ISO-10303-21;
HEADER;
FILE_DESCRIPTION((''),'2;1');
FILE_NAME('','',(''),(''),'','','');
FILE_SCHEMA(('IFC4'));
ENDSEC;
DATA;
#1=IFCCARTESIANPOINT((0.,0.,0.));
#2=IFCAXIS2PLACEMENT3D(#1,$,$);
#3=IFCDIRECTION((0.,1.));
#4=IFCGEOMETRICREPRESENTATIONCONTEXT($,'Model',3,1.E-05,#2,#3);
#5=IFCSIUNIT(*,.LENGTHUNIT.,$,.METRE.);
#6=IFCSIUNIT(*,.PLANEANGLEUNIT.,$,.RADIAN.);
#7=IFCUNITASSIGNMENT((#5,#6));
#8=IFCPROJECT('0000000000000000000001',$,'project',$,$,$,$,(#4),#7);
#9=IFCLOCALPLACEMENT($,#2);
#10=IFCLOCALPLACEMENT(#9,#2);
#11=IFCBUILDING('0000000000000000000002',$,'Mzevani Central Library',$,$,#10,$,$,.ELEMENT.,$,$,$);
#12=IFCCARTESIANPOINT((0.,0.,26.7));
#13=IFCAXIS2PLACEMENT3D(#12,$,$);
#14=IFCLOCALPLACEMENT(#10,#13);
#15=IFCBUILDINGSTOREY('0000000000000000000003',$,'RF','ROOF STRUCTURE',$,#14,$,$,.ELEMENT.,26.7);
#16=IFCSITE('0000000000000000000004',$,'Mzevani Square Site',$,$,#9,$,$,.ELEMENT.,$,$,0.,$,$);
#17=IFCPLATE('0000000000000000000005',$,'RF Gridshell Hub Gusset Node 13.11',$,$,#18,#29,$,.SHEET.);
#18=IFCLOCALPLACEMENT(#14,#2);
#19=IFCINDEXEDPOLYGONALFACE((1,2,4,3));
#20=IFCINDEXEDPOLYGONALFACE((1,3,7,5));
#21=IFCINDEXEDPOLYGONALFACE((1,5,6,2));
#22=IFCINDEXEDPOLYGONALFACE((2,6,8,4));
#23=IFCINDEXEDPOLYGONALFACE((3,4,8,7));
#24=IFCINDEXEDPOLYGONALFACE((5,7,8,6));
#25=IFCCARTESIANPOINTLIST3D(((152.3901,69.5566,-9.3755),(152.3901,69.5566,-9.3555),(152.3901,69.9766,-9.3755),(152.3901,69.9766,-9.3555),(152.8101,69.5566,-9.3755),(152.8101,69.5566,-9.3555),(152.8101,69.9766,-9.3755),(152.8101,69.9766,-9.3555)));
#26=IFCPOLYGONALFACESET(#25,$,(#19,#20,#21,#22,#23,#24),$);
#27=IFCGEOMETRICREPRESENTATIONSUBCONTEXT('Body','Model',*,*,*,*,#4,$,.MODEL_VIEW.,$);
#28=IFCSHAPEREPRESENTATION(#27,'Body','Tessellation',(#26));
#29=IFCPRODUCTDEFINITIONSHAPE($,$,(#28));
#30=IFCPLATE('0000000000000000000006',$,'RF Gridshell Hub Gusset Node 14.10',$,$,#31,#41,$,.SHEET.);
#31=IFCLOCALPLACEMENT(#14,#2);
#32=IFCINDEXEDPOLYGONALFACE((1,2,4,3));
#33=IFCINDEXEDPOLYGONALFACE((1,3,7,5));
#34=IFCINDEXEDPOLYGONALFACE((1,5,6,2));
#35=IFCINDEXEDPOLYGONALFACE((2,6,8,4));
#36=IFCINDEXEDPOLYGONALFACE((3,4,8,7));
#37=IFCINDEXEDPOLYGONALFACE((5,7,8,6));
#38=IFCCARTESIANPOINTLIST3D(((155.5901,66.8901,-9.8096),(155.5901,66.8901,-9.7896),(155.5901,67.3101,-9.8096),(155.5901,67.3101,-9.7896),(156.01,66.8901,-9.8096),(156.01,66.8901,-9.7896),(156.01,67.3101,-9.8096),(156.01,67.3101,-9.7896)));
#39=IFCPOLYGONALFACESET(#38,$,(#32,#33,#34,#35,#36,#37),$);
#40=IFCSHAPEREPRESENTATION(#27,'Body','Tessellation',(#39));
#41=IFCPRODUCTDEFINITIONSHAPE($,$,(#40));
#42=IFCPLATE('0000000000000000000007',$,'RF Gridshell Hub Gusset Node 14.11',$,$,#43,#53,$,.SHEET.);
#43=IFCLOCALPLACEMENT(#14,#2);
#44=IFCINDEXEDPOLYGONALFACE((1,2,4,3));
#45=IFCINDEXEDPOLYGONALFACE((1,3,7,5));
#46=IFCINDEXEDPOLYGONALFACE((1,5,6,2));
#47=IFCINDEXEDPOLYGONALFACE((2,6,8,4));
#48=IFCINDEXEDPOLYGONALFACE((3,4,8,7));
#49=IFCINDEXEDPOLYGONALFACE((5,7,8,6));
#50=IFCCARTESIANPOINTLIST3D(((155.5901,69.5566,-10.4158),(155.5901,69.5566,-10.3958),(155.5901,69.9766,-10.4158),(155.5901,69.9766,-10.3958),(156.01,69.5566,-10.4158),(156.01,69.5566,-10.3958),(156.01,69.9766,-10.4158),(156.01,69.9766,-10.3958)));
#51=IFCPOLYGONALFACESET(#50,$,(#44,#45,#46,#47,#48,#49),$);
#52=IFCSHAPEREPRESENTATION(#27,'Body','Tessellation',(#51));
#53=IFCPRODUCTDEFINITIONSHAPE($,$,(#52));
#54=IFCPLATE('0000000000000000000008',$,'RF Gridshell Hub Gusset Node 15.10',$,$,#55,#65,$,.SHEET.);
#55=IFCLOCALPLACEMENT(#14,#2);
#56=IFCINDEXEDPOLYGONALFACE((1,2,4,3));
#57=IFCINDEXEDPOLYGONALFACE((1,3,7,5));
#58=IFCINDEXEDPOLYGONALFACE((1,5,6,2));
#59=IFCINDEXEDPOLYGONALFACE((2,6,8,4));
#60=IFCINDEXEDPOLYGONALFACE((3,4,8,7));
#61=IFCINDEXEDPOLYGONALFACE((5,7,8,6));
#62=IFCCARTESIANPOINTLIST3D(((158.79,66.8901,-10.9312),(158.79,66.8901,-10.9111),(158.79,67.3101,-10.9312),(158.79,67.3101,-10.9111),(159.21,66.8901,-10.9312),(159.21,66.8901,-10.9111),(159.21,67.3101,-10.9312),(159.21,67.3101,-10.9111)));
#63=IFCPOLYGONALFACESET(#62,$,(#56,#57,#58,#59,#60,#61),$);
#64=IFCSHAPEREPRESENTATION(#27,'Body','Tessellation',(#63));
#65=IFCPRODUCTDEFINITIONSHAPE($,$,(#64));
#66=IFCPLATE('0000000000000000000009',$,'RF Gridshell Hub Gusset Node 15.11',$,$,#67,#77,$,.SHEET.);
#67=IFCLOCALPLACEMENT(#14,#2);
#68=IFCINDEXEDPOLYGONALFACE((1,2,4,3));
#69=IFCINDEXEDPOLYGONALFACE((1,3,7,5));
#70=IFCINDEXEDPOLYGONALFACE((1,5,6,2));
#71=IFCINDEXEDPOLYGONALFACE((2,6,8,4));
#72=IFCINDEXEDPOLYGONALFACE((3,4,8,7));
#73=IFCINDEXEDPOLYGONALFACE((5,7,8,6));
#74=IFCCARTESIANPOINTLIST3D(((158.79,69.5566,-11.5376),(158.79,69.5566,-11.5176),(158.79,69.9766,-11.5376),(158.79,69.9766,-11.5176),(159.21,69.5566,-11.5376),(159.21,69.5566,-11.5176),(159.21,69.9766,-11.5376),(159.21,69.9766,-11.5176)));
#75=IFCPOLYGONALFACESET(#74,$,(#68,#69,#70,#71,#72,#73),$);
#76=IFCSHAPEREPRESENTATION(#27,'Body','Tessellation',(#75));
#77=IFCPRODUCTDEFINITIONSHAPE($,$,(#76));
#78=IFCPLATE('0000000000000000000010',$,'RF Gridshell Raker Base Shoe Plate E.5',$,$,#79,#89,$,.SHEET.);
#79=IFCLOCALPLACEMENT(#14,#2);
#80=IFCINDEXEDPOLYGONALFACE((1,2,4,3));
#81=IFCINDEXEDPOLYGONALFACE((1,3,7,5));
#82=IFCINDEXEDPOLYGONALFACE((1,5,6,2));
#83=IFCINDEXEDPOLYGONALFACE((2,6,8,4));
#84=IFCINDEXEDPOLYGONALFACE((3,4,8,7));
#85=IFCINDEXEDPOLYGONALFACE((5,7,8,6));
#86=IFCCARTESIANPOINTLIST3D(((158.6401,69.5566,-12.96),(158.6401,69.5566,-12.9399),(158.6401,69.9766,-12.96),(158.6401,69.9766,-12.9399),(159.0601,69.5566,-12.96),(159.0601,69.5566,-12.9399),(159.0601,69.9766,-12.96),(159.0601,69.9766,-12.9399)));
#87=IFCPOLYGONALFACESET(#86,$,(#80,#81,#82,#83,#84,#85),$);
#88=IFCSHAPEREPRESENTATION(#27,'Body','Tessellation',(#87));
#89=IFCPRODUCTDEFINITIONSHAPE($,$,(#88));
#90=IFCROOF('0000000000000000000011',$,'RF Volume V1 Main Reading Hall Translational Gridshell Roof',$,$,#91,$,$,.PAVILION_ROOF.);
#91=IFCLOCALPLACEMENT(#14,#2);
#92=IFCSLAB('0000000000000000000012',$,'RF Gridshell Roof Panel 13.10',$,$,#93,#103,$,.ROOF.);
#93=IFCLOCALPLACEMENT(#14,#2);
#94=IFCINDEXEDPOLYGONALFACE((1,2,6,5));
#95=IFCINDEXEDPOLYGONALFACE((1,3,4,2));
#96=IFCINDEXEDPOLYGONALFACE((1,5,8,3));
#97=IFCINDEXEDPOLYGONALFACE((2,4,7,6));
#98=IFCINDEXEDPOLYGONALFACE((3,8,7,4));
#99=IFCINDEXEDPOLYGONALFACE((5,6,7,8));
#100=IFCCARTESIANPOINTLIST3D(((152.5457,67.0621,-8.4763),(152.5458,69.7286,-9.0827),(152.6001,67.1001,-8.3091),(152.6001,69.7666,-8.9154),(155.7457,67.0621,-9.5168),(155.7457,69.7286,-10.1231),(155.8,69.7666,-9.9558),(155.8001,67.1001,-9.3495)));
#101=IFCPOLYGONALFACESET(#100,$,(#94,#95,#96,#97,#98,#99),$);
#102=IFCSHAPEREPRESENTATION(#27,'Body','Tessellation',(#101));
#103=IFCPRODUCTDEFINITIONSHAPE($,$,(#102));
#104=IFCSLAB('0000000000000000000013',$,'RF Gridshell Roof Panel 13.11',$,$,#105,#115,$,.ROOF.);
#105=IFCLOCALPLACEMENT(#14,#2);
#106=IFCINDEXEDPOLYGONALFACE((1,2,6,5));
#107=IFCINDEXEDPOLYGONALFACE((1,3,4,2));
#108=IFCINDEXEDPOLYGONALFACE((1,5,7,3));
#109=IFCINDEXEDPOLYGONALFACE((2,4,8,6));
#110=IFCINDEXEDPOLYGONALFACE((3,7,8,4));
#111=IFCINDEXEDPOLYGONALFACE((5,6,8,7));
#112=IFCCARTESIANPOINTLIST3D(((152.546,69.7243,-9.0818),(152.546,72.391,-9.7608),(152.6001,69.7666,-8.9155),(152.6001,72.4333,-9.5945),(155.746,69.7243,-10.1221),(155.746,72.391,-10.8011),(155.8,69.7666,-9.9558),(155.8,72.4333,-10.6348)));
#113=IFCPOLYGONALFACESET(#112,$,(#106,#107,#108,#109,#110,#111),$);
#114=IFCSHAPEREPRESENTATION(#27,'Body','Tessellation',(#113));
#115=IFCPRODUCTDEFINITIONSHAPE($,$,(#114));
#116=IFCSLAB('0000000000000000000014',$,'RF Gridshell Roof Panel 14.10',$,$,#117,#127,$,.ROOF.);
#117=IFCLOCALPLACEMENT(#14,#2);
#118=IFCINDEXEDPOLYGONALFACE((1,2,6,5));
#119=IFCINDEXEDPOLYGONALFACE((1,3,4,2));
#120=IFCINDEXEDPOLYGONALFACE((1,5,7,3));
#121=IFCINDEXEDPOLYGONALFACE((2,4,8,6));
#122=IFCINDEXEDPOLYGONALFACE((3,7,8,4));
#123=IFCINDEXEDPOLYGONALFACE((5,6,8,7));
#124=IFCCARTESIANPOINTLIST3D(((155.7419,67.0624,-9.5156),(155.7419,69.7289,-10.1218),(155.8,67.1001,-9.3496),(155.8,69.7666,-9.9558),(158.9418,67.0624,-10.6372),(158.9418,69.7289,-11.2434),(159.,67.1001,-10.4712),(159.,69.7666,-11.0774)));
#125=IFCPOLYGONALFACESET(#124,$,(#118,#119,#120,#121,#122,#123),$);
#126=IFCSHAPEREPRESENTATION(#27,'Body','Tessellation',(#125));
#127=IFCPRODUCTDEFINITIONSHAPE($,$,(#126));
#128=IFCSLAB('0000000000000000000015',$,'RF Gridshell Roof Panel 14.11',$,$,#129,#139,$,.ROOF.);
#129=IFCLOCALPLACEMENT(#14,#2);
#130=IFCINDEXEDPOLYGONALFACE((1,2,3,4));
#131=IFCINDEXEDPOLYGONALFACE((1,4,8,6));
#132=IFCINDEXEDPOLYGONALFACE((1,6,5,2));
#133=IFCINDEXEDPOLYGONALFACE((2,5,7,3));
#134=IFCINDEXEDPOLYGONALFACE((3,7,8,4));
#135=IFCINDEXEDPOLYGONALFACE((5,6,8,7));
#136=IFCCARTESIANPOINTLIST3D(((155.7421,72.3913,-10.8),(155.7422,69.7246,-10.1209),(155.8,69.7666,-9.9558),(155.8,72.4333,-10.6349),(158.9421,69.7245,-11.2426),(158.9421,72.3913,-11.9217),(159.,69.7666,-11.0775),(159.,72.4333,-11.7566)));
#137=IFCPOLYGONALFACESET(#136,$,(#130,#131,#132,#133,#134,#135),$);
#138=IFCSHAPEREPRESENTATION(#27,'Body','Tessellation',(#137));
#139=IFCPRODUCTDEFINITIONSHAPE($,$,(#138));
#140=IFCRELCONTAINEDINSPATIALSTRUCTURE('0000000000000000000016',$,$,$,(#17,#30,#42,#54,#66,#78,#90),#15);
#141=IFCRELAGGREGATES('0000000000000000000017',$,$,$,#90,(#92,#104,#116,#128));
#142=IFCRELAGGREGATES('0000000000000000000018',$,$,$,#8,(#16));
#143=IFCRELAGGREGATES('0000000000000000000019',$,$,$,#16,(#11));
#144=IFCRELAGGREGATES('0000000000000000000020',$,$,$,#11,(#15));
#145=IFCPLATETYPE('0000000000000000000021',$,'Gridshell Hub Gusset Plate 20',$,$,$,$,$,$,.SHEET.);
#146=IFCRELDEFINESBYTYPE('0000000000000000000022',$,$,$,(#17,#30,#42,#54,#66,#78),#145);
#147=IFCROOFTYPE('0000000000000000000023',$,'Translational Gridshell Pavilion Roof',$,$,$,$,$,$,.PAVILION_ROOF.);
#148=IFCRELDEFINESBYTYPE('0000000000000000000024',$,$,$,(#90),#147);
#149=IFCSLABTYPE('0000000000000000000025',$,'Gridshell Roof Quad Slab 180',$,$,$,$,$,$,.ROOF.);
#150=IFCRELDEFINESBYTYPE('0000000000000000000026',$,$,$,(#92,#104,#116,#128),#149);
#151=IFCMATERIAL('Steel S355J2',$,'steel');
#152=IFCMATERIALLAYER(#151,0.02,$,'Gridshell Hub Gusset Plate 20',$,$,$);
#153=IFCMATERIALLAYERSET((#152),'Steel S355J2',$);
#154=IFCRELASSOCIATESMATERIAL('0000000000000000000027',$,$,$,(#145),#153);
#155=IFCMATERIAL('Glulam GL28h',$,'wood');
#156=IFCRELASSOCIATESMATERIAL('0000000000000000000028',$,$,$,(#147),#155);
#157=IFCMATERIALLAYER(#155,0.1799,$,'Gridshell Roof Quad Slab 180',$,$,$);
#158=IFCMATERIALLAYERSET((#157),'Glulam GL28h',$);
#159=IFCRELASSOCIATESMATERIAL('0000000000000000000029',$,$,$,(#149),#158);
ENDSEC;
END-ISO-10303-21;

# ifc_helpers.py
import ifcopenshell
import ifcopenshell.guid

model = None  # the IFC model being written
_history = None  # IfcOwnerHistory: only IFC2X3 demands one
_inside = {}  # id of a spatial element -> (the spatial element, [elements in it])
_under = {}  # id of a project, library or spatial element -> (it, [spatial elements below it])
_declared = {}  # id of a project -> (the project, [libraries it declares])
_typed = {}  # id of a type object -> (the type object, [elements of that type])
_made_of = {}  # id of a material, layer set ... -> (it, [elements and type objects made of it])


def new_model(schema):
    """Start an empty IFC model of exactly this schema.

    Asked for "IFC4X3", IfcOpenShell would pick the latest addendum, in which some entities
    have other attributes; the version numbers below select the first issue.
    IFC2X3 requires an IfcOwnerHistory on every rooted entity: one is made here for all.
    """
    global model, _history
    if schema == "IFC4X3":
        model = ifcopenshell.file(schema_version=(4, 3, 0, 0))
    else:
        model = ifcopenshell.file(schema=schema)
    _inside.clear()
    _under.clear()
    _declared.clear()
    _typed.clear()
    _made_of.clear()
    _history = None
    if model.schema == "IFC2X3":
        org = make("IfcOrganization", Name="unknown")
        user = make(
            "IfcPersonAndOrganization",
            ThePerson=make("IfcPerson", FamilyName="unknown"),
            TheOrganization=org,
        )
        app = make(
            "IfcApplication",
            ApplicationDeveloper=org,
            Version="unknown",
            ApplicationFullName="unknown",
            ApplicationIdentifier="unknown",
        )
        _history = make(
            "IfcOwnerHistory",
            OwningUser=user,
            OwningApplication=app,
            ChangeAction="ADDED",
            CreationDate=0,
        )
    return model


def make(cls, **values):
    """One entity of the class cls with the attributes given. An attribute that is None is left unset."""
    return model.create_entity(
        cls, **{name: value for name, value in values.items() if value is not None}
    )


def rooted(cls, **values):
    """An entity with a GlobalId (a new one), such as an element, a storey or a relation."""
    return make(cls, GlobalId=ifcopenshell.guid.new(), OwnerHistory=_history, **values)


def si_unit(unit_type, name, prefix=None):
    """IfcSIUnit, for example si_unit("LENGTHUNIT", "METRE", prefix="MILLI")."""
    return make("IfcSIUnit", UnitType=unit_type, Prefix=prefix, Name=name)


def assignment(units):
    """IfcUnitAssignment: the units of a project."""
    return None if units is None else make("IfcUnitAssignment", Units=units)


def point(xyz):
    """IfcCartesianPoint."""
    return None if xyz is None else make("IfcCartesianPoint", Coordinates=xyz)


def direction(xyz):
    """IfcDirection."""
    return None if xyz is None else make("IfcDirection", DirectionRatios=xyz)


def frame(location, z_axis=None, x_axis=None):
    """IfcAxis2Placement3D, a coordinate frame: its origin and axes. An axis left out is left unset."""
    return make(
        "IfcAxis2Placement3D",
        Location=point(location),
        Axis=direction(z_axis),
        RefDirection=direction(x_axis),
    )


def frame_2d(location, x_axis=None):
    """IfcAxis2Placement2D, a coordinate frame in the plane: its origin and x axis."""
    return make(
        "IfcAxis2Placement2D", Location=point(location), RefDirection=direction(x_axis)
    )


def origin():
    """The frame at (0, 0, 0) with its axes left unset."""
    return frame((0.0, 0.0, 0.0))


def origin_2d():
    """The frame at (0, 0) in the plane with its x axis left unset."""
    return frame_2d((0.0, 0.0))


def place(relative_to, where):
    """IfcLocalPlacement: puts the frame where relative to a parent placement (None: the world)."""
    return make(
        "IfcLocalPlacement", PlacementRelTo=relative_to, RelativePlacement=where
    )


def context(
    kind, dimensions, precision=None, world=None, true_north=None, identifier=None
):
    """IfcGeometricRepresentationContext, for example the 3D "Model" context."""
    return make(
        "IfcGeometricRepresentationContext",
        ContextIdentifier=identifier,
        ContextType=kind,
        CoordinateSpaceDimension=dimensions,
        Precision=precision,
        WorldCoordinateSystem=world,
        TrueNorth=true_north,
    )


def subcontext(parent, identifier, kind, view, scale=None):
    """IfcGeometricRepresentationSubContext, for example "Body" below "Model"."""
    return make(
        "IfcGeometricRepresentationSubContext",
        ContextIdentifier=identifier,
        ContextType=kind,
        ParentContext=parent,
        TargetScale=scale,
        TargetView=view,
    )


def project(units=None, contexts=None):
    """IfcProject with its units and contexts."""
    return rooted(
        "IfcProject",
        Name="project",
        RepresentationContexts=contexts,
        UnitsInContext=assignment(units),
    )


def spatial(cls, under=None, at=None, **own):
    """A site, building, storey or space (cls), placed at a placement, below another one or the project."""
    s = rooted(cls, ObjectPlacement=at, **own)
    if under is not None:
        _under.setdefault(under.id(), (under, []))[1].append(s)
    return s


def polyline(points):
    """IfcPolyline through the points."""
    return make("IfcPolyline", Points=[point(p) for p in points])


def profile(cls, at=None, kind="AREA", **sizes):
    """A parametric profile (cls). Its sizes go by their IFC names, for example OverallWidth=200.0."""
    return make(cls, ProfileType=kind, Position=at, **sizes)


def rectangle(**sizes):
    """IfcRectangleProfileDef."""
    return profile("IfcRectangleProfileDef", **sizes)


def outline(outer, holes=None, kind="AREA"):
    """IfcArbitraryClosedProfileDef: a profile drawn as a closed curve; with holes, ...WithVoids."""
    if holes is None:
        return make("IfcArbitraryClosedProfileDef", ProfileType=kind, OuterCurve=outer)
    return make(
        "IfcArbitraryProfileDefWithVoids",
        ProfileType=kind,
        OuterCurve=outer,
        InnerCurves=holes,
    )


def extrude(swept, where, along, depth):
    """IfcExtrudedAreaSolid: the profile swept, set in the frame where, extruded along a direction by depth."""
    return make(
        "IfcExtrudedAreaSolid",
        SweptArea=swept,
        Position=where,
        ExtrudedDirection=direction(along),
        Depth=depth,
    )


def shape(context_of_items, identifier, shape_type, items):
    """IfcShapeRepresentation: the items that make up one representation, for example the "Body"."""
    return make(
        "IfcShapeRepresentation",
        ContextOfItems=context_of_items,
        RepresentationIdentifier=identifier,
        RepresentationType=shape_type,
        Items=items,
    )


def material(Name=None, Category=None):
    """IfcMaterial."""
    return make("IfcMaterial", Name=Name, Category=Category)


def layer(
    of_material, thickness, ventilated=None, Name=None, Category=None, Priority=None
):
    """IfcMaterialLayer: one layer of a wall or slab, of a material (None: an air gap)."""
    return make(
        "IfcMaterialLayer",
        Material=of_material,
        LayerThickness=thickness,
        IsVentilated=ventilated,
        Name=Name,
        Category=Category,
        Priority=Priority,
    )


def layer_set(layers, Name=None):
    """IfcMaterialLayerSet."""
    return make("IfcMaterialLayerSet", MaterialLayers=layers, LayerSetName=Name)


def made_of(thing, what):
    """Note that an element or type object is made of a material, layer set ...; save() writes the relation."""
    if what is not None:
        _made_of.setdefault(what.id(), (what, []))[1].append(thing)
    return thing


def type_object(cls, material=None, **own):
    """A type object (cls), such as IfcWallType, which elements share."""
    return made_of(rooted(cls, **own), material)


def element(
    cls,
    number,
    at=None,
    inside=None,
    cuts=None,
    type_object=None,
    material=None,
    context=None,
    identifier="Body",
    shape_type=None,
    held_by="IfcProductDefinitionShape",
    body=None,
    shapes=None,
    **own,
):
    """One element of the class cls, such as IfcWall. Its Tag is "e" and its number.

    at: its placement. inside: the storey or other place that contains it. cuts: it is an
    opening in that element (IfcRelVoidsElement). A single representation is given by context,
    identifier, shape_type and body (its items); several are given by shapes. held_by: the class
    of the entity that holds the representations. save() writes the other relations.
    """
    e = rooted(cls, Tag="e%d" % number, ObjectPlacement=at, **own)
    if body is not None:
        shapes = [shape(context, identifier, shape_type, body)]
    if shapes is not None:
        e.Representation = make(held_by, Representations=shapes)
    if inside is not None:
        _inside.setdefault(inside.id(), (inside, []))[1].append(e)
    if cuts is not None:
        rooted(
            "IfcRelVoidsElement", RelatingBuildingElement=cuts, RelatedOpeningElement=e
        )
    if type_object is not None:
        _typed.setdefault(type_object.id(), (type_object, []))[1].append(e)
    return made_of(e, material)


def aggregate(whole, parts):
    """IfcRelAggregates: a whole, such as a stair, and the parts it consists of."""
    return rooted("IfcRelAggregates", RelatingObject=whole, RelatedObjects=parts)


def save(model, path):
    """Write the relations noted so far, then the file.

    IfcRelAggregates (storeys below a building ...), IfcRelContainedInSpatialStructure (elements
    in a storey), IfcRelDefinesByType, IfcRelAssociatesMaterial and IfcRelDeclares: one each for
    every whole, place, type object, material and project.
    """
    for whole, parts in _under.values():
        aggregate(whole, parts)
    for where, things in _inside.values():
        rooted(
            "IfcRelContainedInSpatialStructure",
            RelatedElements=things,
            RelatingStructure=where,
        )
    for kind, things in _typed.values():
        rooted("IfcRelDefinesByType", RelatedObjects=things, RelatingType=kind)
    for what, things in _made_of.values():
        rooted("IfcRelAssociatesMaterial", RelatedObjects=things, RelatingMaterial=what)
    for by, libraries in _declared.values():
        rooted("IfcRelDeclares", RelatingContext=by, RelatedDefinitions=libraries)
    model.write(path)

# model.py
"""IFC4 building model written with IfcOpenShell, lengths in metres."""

from ifc_helpers import new_model, si_unit, direction, frame, origin, origin_2d, place, context, subcontext, project, spatial, polyline, rectangle, outline, extrude, material, layer, layer_set, type_object, element, aggregate, save


model = new_model("IFC4")

# Units and contexts
model_context = context("Model", 3, precision=1e-05, world=origin(), true_north=direction((0.0, 1.0)))
body_context = subcontext(model_context, "Body", "Model", "MODEL_VIEW")
ifc_project = project(units=[si_unit("LENGTHUNIT", "METRE"), si_unit("PLANEANGLEUNIT", "RADIAN")], contexts=[model_context])

# Site, building, storey
site_placement = place(None, origin())
site = spatial("IfcSite", under=ifc_project, at=site_placement, Name="Mzevani Square Site", CompositionType="ELEMENT", RefElevation=0.0)
building_placement = place(site_placement, origin())
building = spatial("IfcBuilding", under=site, at=building_placement, Name="Mzevani Central Library", CompositionType="ELEMENT")
storey_placement = place(building_placement, frame((0.0, 0.0, 26.7)))
storey = spatial("IfcBuildingStorey", under=building, at=storey_placement, Name="RF", Description="ROOF STRUCTURE", CompositionType="ELEMENT", Elevation=26.7)

# Shared definitions
ifc_material_1 = material(Name="Steel S355J2", Category="steel")
ifc_material_2 = material(Name="Glulam GL28h", Category="wood")

# Plates
ifc_layer_1 = layer(ifc_material_1, 0.02, Name="Gridshell Hub Gusset Plate 20")
ifc_layer_set_1 = layer_set([ifc_layer_1], Name="Steel S355J2")
plate_type = type_object("IfcPlateType", Name="Gridshell Hub Gusset Plate 20", PredefinedType="SHEET", material=ifc_layer_set_1)
for number, where, z_axis, x_axis, name in (
    (1, (152.6001, 69.7666, -9.3755), (0.0, 0.0, 1.0), (1.0, 0.0, 0.0), "RF Gridshell Hub Gusset Node 13.11"),
    (2, (155.8, 67.1001, -9.8096), (0.0, 0.0, 1.0), (1.0, 0.0, 0.0), "RF Gridshell Hub Gusset Node 14.10"),
    (3, (155.8, 69.7666, -10.4158), (0.0, 0.0, 1.0), (1.0, 0.0, 0.0), "RF Gridshell Hub Gusset Node 14.11"),
    (4, (159.0, 67.1001, -10.9312), (0.0, 0.0, 1.0), (1.0, 0.0, 0.0), "RF Gridshell Hub Gusset Node 15.10"),
    (5, (159.0, 69.7666, -11.5376), (0.0, 0.0, 1.0), (1.0, 0.0, 0.0), "RF Gridshell Hub Gusset Node 15.11"),
    (6, (158.8501, 69.7666, -12.96), (0.0, 0.0, 1.0), (1.0, 0.0, 0.0), "RF Gridshell Raker Base Shoe Plate E.5"),
):
    element("IfcPlate", number, at=place(storey_placement, frame(where, z_axis=z_axis, x_axis=x_axis)), inside=storey, type_object=plate_type, Name=name, PredefinedType="SHEET", context=body_context, shape_type="SweptSolid", body=[
        extrude(rectangle(XDim=0.4199, YDim=0.4199, at=origin_2d()), origin(), (0.0, 0.0, 1.0), 0.02),
    ])

# Roof, slabs
roof_type = type_object("IfcRoofType", Name="Translational Gridshell Pavilion Roof", PredefinedType="PAVILION_ROOF", material=ifc_material_2)
roof_placement = place(storey_placement, origin())
roof = element("IfcRoof", 7, at=roof_placement, inside=storey, type_object=roof_type, Name="RF Volume V1 Main Reading Hall Translational Gridshell Roof", PredefinedType="PAVILION_ROOF")
ifc_layer_2 = layer(ifc_material_2, 0.1799, Name="Gridshell Roof Quad Slab 180")
ifc_layer_set_2 = layer_set([ifc_layer_2], Name="Glulam GL28h")
slab_type = type_object("IfcSlabType", Name="Gridshell Roof Quad Slab 180", PredefinedType="ROOF", material=ifc_layer_set_2)
slab_1_placement = place(storey_placement, frame((152.6001, 67.1001, -8.3091), z_axis=(0.302214, 0.211357, 0.929513), x_axis=(0.950997, 0.000007, -0.309201)))
slab_1 = element("IfcSlab", 8, at=slab_1_placement, type_object=slab_type, Name="RF Gridshell Roof Panel 13.10", PredefinedType="ROOF", context=body_context, shape_type="SweptSolid", body=[
    extrude(outline(polyline([(0.0, 0.0), (3.3649, 0.0), (3.5523, 2.7281), (0.1875, 2.7282), (0.0, 0.0)])), origin(), (0.0, 0.0, -1.0), 0.1799),
])
slab_2_placement = place(storey_placement, frame((152.6001, 69.7666, -8.9155), z_axis=(0.300484, 0.235327, 0.9243), x_axis=(0.951008, 0.0, -0.309166)))
slab_2 = element("IfcSlab", 9, at=slab_2_placement, type_object=slab_type, Name="RF Gridshell Roof Panel 13.11", PredefinedType="ROOF", context=body_context, shape_type="SweptSolid", body=[
    extrude(outline(polyline([(0.0, 0.0), (3.3648, 0.0), (3.5747, 2.7438), (0.2099, 2.7438), (0.0, 0.0)])), origin(), (0.0, 0.0, -1.0), 0.1799),
])
slab_3_placement = place(storey_placement, frame((155.8, 67.1001, -9.3496), z_axis=(0.323411, 0.209769, 0.922715), x_axis=(0.943711, 0.0, -0.330771)))
slab_3 = element("IfcSlab", 10, at=slab_3_placement, type_object=slab_type, Name="RF Gridshell Roof Panel 14.10", PredefinedType="ROOF", context=body_context, shape_type="SweptSolid", body=[
    extrude(outline(polyline([(0.0, 0.0), (3.3908, 0.0), (3.5913, 2.7272), (0.2005, 2.7272), (0.0, 0.0)])), origin(), (0.0, 0.0, -1.0), 0.1799),
])
slab_4_placement = place(storey_placement, frame((155.8, 69.7666, -9.9558), z_axis=(0.321646, 0.233658, 0.917577), x_axis=(0.943701, -0.000008, -0.330801)))
slab_4 = element("IfcSlab", 11, at=slab_4_placement, type_object=slab_type, Name="RF Gridshell Roof Panel 14.11", PredefinedType="ROOF", context=body_context, shape_type="SweptSolid", body=[
    extrude(outline(polyline([(0.0, 0.0), (3.3908, 0.0), (3.6155, 2.7427), (0.2246, 2.7426), (0.0, 0.0)])), origin(), (0.0, 0.0, -1.0), 0.1799),
])
aggregate(roof, [slab_1, slab_2, slab_3, slab_4])

save(model, "model.ifc")
